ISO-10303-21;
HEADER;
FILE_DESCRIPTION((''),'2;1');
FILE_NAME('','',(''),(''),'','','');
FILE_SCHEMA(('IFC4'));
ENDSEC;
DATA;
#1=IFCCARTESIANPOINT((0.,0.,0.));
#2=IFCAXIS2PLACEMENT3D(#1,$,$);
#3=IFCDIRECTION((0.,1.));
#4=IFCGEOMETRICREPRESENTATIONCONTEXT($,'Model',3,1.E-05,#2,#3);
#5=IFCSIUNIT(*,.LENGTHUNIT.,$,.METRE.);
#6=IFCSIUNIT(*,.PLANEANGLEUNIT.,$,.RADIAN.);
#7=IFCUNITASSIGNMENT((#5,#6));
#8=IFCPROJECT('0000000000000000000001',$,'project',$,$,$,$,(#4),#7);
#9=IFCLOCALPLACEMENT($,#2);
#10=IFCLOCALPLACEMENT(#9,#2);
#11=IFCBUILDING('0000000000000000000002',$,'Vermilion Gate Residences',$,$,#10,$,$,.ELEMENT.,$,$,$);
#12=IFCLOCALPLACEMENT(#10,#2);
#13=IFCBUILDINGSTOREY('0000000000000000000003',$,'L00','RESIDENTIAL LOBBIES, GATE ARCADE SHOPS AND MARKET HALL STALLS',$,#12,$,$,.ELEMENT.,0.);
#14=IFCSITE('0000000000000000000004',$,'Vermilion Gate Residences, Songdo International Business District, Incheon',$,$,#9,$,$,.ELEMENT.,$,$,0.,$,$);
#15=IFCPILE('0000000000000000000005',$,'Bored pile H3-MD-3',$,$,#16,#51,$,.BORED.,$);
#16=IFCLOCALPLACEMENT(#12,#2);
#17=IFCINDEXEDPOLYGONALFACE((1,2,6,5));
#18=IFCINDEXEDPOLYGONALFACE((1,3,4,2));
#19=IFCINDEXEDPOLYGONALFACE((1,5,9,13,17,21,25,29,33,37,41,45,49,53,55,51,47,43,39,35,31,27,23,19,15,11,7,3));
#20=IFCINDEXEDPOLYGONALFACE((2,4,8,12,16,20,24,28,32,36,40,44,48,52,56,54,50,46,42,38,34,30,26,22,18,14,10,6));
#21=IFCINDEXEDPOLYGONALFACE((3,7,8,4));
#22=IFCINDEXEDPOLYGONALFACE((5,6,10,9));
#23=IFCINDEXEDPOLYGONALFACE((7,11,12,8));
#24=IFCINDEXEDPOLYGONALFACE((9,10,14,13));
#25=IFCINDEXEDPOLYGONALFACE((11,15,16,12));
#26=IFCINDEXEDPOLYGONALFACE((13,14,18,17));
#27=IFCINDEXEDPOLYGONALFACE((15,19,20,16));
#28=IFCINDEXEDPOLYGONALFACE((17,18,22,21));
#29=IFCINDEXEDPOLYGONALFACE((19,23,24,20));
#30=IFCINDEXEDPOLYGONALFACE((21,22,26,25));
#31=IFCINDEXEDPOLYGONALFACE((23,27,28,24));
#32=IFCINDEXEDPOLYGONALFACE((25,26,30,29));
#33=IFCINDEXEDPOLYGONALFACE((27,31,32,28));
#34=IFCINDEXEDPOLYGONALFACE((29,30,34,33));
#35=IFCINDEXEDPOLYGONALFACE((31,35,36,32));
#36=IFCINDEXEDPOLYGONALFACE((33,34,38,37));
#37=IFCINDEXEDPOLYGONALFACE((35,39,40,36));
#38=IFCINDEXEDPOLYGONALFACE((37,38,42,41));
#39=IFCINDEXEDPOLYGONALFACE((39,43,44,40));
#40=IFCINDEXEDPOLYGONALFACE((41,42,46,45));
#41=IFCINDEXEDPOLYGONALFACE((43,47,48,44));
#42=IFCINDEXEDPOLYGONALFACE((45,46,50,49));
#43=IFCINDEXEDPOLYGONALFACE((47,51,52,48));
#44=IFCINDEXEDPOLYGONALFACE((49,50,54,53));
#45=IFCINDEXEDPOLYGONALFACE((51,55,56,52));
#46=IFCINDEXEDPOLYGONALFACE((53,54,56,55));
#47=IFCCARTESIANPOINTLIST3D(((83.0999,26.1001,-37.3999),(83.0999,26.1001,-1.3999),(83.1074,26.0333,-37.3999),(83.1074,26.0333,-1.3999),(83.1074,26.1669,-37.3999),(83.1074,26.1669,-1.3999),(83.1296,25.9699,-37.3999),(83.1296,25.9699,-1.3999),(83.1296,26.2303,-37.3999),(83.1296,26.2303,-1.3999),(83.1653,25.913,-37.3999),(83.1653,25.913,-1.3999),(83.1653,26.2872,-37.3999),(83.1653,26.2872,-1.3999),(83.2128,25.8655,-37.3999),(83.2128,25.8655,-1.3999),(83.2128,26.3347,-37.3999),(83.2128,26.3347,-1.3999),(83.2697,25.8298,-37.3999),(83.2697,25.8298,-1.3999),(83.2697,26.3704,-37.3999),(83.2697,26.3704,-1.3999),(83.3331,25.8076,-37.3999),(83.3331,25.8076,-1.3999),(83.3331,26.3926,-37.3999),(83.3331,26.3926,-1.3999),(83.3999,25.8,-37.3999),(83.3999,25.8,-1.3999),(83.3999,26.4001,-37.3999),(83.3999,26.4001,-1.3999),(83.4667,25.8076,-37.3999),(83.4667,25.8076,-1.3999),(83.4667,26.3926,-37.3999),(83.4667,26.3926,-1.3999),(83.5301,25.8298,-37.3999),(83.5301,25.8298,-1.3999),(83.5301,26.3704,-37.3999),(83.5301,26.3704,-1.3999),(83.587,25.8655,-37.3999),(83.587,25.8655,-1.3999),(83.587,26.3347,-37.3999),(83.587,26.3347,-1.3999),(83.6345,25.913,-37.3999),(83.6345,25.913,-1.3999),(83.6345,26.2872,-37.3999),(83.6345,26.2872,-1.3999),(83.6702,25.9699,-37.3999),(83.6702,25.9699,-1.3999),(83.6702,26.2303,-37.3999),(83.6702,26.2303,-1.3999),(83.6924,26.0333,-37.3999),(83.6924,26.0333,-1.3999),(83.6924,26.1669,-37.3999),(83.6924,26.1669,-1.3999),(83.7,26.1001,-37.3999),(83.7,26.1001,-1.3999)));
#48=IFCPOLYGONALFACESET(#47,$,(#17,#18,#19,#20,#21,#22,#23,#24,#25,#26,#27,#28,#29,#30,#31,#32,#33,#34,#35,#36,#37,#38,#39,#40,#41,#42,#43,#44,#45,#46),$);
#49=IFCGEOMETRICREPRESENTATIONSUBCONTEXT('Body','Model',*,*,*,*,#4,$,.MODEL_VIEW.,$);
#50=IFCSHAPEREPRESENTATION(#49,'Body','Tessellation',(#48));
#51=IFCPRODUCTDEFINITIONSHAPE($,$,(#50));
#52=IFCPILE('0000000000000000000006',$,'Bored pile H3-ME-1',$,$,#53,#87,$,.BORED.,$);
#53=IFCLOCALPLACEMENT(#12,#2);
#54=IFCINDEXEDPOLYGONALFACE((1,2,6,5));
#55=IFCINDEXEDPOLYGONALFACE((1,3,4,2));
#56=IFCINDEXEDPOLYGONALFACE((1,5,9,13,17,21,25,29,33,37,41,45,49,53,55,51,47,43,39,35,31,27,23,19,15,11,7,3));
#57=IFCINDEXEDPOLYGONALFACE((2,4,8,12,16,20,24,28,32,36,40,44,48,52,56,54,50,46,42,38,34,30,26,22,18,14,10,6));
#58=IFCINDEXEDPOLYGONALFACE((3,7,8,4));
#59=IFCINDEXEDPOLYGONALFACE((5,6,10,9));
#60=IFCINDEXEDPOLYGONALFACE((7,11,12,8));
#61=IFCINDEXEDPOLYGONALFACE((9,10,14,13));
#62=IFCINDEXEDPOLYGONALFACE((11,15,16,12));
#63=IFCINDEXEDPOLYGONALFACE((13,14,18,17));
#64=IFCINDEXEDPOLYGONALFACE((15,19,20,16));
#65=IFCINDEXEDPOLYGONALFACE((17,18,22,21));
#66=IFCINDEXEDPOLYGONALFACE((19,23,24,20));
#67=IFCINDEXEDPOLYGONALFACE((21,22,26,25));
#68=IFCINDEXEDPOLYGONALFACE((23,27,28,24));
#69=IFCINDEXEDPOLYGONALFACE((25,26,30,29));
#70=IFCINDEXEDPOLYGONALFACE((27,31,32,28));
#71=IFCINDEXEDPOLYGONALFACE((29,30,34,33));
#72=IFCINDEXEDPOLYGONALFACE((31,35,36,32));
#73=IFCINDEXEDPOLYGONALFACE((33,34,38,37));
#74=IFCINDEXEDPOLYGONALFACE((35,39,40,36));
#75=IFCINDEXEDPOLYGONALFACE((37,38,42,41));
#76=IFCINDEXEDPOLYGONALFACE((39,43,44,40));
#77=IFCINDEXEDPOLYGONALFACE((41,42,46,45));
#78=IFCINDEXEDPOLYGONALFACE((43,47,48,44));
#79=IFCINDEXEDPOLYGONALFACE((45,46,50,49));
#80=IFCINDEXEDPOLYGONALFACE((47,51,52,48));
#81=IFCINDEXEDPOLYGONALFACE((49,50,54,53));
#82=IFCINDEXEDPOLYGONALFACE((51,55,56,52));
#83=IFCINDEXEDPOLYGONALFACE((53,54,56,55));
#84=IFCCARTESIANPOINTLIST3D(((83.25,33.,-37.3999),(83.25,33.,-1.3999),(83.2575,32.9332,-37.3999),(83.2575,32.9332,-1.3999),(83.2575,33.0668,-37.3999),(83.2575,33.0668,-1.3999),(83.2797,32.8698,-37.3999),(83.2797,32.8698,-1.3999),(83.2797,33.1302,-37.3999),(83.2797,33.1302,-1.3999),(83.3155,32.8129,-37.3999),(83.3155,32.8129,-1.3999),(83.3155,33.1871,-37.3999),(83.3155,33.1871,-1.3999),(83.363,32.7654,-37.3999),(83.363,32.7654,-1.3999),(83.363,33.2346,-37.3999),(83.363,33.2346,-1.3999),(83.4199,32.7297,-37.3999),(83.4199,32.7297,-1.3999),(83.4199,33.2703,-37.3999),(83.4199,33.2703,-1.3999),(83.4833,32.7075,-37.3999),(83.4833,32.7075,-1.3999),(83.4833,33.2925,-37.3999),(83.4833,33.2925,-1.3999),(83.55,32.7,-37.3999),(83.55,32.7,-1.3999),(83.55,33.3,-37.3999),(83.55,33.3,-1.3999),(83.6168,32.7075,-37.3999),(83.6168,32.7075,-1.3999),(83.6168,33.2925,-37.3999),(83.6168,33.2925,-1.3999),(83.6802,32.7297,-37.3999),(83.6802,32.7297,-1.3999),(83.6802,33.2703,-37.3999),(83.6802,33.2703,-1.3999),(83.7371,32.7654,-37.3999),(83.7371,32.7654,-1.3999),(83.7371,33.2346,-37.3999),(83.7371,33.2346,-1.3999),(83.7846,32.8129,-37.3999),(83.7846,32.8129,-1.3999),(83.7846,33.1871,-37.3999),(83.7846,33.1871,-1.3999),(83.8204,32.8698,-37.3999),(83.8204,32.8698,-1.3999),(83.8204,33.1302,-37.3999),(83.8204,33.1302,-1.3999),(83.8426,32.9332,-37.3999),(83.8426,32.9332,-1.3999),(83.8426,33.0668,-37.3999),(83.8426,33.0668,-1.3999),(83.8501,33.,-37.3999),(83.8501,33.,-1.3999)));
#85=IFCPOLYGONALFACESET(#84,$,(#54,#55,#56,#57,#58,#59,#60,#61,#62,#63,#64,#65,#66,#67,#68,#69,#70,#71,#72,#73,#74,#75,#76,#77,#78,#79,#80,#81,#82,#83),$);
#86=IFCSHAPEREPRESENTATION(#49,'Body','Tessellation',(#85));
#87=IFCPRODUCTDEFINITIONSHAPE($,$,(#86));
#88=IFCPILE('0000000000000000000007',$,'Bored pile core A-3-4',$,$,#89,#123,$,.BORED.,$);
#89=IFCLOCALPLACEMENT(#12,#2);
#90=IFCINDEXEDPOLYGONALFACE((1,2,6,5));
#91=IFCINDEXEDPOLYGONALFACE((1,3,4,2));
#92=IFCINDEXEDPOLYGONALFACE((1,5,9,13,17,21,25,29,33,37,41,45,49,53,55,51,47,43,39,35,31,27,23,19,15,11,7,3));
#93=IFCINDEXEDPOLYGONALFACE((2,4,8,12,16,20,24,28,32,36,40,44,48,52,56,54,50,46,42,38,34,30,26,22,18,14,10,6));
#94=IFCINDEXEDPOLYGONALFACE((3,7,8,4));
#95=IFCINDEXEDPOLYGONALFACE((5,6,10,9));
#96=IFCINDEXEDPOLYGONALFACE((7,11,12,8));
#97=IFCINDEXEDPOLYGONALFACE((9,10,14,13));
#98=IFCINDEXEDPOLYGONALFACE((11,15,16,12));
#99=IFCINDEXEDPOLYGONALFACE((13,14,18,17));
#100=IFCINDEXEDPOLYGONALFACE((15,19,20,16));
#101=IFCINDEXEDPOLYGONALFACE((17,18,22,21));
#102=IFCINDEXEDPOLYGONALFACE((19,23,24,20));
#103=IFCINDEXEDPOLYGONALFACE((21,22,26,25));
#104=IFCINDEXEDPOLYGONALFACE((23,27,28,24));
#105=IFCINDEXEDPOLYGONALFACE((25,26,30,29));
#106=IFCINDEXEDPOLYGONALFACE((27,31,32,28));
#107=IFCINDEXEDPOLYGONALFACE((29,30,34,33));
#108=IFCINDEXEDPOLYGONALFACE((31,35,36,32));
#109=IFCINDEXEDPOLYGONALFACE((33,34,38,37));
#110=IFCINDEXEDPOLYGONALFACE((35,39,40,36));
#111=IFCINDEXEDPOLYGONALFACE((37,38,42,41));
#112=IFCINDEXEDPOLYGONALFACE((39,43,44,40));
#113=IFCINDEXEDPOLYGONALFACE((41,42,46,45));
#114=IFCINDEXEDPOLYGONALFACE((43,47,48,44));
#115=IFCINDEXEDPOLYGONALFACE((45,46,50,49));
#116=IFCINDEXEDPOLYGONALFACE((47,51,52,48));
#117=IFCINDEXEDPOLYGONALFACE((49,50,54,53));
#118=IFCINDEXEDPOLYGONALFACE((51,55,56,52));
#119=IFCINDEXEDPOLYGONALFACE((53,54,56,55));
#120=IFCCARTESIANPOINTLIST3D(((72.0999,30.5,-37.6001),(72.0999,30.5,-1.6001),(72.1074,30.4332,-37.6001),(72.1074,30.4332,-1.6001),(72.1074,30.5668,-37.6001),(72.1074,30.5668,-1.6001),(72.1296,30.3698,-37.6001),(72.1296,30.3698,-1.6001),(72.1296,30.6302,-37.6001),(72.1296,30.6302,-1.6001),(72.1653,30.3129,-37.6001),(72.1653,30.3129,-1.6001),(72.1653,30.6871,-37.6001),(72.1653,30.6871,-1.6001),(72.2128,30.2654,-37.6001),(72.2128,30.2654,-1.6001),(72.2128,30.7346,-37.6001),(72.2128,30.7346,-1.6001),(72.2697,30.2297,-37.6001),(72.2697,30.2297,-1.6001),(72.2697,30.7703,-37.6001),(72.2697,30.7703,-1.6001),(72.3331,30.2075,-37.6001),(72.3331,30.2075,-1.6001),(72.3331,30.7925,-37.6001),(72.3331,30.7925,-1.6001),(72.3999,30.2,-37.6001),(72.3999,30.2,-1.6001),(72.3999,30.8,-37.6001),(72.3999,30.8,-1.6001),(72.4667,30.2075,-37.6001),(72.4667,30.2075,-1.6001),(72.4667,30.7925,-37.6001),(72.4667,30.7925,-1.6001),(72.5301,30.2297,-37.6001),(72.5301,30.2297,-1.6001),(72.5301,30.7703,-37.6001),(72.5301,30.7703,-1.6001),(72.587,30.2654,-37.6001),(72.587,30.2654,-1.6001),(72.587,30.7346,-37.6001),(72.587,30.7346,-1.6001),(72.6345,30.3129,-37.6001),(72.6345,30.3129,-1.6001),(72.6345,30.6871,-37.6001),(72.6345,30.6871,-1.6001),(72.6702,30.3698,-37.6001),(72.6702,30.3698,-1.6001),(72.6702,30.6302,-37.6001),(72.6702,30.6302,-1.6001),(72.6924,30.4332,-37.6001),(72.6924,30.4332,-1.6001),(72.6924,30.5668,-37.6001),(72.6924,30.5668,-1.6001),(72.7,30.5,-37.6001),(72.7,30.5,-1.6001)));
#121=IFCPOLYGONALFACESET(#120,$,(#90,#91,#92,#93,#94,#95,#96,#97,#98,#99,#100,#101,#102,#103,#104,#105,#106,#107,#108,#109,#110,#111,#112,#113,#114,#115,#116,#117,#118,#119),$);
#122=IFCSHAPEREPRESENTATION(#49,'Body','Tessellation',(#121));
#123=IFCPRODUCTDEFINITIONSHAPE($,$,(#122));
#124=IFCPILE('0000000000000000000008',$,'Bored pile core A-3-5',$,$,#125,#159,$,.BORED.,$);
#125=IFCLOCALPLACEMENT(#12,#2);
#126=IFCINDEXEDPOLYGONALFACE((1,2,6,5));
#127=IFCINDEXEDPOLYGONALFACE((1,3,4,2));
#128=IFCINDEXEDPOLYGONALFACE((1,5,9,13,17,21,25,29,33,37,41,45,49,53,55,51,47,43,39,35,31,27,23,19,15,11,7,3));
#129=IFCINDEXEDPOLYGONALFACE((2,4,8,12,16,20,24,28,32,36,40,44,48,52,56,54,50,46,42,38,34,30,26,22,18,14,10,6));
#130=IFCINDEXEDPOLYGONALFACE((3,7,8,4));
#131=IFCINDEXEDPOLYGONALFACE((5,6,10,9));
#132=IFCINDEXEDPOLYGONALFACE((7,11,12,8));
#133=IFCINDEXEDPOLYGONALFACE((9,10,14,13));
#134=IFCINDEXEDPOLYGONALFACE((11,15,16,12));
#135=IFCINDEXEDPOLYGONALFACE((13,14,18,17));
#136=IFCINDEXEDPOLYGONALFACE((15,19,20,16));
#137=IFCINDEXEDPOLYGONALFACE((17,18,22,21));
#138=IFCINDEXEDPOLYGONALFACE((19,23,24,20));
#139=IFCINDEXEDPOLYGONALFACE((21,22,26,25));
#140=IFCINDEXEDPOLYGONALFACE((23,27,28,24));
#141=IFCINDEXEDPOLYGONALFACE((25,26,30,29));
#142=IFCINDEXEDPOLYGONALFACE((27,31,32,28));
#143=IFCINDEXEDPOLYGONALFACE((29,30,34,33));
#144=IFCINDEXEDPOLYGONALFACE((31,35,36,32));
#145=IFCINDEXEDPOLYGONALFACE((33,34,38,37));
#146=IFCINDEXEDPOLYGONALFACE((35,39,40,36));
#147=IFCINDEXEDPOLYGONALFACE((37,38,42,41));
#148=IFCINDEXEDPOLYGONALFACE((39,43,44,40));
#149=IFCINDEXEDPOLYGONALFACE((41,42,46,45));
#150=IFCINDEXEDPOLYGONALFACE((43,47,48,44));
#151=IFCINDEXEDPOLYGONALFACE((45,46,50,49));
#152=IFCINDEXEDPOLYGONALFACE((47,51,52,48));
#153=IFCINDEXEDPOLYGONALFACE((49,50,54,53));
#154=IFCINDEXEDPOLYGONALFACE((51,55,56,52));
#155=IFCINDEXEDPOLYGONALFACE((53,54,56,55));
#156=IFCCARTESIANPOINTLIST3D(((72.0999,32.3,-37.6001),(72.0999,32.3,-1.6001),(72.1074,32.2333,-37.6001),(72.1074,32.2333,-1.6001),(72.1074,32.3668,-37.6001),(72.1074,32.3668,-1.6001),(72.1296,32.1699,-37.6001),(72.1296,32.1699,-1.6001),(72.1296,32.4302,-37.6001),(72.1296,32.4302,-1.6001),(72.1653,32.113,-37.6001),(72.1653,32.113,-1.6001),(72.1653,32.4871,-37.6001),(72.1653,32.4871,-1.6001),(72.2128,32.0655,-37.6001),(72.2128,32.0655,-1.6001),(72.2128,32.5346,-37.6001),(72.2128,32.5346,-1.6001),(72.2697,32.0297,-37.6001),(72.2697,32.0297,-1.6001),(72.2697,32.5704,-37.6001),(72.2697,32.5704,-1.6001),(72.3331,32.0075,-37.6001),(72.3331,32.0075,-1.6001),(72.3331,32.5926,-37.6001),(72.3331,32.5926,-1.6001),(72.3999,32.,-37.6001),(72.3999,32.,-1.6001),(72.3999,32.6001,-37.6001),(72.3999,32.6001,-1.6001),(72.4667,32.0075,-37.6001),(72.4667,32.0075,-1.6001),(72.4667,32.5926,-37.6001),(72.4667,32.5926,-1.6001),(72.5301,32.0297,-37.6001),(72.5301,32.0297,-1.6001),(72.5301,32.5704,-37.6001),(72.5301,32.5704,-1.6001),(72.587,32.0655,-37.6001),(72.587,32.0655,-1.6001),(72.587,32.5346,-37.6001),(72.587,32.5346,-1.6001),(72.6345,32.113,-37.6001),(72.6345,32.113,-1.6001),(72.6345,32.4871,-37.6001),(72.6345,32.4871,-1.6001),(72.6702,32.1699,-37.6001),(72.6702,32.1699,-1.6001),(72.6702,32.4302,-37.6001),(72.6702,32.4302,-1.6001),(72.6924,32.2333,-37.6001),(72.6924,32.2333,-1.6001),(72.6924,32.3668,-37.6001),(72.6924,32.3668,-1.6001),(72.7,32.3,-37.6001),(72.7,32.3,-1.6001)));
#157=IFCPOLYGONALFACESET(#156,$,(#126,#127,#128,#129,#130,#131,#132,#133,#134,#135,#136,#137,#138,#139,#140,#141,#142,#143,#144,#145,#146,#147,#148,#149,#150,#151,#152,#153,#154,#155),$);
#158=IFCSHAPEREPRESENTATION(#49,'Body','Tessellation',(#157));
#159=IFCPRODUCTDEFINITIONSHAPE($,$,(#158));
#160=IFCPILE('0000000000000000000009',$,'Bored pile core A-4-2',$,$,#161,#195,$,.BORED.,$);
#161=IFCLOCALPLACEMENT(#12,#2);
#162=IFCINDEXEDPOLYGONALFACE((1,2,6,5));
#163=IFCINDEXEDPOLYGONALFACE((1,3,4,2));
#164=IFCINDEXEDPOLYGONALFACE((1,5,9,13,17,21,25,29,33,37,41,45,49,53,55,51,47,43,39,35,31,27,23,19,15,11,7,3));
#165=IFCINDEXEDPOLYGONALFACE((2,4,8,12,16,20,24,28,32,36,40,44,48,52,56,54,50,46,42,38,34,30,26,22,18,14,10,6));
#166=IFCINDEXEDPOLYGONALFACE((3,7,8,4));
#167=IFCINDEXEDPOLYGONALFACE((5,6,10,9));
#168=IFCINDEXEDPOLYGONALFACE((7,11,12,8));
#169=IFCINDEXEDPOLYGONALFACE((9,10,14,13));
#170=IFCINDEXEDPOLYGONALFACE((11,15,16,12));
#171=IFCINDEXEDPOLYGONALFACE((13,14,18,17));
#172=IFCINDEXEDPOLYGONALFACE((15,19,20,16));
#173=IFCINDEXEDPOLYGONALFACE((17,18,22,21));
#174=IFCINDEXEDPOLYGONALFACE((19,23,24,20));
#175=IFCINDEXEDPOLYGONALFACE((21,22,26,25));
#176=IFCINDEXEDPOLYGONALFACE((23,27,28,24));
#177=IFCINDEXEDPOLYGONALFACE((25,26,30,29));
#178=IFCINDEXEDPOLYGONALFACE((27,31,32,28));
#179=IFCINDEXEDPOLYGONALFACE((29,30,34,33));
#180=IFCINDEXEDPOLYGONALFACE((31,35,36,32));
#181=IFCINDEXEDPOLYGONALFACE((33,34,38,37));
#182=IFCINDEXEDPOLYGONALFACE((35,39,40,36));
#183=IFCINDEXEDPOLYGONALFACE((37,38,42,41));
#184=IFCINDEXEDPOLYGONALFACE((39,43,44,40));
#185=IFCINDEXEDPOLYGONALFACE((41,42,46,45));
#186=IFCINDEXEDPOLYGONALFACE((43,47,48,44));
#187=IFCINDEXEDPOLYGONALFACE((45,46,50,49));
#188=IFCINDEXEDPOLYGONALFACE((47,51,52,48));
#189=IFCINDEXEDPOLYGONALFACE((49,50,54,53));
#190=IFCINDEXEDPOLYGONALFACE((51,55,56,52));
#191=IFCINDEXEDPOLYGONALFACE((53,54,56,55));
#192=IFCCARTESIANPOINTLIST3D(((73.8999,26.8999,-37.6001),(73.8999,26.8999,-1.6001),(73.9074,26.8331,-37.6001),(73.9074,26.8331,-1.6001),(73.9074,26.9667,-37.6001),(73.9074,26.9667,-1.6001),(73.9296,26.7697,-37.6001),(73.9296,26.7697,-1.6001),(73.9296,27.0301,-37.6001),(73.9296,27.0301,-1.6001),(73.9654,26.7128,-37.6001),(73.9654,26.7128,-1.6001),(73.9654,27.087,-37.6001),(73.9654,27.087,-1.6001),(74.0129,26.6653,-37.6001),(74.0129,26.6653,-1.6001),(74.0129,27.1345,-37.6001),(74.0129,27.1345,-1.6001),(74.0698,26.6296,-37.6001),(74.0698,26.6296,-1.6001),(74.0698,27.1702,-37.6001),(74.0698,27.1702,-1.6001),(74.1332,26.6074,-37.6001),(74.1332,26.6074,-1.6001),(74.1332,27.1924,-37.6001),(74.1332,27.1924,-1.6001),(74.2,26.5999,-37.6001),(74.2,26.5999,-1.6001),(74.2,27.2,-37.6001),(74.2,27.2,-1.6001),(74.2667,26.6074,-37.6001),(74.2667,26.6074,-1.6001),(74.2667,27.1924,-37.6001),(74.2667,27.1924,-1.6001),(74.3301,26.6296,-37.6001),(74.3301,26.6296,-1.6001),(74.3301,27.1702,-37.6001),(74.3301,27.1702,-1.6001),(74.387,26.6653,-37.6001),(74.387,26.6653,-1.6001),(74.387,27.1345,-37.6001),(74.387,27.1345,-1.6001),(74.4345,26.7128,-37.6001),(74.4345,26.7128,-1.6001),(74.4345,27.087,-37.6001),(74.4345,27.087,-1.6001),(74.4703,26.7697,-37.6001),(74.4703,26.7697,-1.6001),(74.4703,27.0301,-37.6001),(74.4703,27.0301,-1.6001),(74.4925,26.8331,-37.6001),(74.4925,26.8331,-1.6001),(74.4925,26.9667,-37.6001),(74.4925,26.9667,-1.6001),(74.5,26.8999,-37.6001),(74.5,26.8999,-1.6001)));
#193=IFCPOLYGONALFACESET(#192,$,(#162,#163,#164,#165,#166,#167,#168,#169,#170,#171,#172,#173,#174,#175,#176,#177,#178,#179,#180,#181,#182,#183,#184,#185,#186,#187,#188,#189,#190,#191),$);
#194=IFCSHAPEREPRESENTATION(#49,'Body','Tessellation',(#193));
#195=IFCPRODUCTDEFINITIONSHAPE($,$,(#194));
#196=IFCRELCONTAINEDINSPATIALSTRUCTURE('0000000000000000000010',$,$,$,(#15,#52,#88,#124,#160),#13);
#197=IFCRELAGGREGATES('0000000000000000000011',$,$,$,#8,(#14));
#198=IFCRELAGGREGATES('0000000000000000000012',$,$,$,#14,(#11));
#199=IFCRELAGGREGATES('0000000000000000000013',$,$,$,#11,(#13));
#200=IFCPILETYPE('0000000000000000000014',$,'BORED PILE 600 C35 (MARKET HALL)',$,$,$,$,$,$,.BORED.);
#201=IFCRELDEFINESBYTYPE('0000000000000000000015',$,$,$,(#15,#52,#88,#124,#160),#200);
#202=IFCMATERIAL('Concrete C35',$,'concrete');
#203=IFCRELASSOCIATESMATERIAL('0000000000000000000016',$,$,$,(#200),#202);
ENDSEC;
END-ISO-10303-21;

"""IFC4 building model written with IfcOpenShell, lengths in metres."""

from ifc_helpers import new_model, si_unit, direction, frame, origin, origin_2d, place, context, subcontext, project, spatial, circle, extrude, material, material_profile, profile_set, type_object, element, save


model = new_model("IFC4")

# Units and contexts
model_context = context("Model", 3, precision=1e-05, world=origin(), true_north=direction((0.0, 1.0)))
body_context = subcontext(model_context, "Body", "Model", "MODEL_VIEW")
ifc_project = project(units=[si_unit("LENGTHUNIT", "METRE"), si_unit("PLANEANGLEUNIT", "RADIAN")], contexts=[model_context])

# Site, building, storey
site_placement = place(None, origin())
site = spatial("IfcSite", under=ifc_project, at=site_placement, Name="Vermilion Gate Residences, Songdo International Business District, Incheon", CompositionType="ELEMENT", RefElevation=0.0)
building_placement = place(site_placement, origin())
building = spatial("IfcBuilding", under=site, at=building_placement, Name="Vermilion Gate Residences", CompositionType="ELEMENT")
storey_placement = place(building_placement, origin())
storey = spatial("IfcBuildingStorey", under=building, at=storey_placement, Name="L00", Description="RESIDENTIAL LOBBIES, GATE ARCADE SHOPS AND MARKET HALL STALLS", CompositionType="ELEMENT", Elevation=0.0)

# Piles
ifc_material_1 = material(Name="Concrete C35", Category="concrete")
ifc_material_profile_1 = material_profile(ifc_material_1, circle(Radius=0.3, at=origin_2d()), Name="BORED PILE 600 C35 (MARKET HALL)")
ifc_profile_set_1 = profile_set([ifc_material_profile_1], Name="Concrete C35")
pile_type = type_object("IfcPileType", Name="BORED PILE 600 C35 (MARKET HALL)", PredefinedType="BORED", material=ifc_profile_set_1)
for number, where, z_axis, x_axis, name in (
    (1, (83.3999, 26.1001, -1.3999), (0.0, 0.0, -1.0), (1.0, 0.0, 0.0), "Bored pile H3-MD-3"),
    (2, (83.55, 33.0, -1.3999), (0.0, 0.0, -1.0), (1.0, 0.0, 0.0), "Bored pile H3-ME-1"),
    (3, (72.3999, 30.5, -1.6001), (0.0, 0.0, -1.0), (1.0, 0.0, 0.0), "Bored pile core A-3-4"),
    (4, (72.3999, 32.3, -1.6001), (0.0, 0.0, -1.0), (1.0, 0.0, 0.0), "Bored pile core A-3-5"),
    (5, (74.2, 26.8999, -1.6001), (0.0, 0.0, -1.0), (1.0, 0.0, 0.0), "Bored pile core A-4-2"),
):
    element("IfcPile", number, at=place(storey_placement, frame(where, z_axis=z_axis, x_axis=x_axis)), inside=storey, type_object=pile_type, Name=name, PredefinedType="BORED", context=body_context, shape_type="SweptSolid", body=[
        extrude(circle(Radius=0.3, at=origin_2d()), origin(), (0.0, 0.0, 1.0), 36.0),
    ])

save(model, "model.ifc")
